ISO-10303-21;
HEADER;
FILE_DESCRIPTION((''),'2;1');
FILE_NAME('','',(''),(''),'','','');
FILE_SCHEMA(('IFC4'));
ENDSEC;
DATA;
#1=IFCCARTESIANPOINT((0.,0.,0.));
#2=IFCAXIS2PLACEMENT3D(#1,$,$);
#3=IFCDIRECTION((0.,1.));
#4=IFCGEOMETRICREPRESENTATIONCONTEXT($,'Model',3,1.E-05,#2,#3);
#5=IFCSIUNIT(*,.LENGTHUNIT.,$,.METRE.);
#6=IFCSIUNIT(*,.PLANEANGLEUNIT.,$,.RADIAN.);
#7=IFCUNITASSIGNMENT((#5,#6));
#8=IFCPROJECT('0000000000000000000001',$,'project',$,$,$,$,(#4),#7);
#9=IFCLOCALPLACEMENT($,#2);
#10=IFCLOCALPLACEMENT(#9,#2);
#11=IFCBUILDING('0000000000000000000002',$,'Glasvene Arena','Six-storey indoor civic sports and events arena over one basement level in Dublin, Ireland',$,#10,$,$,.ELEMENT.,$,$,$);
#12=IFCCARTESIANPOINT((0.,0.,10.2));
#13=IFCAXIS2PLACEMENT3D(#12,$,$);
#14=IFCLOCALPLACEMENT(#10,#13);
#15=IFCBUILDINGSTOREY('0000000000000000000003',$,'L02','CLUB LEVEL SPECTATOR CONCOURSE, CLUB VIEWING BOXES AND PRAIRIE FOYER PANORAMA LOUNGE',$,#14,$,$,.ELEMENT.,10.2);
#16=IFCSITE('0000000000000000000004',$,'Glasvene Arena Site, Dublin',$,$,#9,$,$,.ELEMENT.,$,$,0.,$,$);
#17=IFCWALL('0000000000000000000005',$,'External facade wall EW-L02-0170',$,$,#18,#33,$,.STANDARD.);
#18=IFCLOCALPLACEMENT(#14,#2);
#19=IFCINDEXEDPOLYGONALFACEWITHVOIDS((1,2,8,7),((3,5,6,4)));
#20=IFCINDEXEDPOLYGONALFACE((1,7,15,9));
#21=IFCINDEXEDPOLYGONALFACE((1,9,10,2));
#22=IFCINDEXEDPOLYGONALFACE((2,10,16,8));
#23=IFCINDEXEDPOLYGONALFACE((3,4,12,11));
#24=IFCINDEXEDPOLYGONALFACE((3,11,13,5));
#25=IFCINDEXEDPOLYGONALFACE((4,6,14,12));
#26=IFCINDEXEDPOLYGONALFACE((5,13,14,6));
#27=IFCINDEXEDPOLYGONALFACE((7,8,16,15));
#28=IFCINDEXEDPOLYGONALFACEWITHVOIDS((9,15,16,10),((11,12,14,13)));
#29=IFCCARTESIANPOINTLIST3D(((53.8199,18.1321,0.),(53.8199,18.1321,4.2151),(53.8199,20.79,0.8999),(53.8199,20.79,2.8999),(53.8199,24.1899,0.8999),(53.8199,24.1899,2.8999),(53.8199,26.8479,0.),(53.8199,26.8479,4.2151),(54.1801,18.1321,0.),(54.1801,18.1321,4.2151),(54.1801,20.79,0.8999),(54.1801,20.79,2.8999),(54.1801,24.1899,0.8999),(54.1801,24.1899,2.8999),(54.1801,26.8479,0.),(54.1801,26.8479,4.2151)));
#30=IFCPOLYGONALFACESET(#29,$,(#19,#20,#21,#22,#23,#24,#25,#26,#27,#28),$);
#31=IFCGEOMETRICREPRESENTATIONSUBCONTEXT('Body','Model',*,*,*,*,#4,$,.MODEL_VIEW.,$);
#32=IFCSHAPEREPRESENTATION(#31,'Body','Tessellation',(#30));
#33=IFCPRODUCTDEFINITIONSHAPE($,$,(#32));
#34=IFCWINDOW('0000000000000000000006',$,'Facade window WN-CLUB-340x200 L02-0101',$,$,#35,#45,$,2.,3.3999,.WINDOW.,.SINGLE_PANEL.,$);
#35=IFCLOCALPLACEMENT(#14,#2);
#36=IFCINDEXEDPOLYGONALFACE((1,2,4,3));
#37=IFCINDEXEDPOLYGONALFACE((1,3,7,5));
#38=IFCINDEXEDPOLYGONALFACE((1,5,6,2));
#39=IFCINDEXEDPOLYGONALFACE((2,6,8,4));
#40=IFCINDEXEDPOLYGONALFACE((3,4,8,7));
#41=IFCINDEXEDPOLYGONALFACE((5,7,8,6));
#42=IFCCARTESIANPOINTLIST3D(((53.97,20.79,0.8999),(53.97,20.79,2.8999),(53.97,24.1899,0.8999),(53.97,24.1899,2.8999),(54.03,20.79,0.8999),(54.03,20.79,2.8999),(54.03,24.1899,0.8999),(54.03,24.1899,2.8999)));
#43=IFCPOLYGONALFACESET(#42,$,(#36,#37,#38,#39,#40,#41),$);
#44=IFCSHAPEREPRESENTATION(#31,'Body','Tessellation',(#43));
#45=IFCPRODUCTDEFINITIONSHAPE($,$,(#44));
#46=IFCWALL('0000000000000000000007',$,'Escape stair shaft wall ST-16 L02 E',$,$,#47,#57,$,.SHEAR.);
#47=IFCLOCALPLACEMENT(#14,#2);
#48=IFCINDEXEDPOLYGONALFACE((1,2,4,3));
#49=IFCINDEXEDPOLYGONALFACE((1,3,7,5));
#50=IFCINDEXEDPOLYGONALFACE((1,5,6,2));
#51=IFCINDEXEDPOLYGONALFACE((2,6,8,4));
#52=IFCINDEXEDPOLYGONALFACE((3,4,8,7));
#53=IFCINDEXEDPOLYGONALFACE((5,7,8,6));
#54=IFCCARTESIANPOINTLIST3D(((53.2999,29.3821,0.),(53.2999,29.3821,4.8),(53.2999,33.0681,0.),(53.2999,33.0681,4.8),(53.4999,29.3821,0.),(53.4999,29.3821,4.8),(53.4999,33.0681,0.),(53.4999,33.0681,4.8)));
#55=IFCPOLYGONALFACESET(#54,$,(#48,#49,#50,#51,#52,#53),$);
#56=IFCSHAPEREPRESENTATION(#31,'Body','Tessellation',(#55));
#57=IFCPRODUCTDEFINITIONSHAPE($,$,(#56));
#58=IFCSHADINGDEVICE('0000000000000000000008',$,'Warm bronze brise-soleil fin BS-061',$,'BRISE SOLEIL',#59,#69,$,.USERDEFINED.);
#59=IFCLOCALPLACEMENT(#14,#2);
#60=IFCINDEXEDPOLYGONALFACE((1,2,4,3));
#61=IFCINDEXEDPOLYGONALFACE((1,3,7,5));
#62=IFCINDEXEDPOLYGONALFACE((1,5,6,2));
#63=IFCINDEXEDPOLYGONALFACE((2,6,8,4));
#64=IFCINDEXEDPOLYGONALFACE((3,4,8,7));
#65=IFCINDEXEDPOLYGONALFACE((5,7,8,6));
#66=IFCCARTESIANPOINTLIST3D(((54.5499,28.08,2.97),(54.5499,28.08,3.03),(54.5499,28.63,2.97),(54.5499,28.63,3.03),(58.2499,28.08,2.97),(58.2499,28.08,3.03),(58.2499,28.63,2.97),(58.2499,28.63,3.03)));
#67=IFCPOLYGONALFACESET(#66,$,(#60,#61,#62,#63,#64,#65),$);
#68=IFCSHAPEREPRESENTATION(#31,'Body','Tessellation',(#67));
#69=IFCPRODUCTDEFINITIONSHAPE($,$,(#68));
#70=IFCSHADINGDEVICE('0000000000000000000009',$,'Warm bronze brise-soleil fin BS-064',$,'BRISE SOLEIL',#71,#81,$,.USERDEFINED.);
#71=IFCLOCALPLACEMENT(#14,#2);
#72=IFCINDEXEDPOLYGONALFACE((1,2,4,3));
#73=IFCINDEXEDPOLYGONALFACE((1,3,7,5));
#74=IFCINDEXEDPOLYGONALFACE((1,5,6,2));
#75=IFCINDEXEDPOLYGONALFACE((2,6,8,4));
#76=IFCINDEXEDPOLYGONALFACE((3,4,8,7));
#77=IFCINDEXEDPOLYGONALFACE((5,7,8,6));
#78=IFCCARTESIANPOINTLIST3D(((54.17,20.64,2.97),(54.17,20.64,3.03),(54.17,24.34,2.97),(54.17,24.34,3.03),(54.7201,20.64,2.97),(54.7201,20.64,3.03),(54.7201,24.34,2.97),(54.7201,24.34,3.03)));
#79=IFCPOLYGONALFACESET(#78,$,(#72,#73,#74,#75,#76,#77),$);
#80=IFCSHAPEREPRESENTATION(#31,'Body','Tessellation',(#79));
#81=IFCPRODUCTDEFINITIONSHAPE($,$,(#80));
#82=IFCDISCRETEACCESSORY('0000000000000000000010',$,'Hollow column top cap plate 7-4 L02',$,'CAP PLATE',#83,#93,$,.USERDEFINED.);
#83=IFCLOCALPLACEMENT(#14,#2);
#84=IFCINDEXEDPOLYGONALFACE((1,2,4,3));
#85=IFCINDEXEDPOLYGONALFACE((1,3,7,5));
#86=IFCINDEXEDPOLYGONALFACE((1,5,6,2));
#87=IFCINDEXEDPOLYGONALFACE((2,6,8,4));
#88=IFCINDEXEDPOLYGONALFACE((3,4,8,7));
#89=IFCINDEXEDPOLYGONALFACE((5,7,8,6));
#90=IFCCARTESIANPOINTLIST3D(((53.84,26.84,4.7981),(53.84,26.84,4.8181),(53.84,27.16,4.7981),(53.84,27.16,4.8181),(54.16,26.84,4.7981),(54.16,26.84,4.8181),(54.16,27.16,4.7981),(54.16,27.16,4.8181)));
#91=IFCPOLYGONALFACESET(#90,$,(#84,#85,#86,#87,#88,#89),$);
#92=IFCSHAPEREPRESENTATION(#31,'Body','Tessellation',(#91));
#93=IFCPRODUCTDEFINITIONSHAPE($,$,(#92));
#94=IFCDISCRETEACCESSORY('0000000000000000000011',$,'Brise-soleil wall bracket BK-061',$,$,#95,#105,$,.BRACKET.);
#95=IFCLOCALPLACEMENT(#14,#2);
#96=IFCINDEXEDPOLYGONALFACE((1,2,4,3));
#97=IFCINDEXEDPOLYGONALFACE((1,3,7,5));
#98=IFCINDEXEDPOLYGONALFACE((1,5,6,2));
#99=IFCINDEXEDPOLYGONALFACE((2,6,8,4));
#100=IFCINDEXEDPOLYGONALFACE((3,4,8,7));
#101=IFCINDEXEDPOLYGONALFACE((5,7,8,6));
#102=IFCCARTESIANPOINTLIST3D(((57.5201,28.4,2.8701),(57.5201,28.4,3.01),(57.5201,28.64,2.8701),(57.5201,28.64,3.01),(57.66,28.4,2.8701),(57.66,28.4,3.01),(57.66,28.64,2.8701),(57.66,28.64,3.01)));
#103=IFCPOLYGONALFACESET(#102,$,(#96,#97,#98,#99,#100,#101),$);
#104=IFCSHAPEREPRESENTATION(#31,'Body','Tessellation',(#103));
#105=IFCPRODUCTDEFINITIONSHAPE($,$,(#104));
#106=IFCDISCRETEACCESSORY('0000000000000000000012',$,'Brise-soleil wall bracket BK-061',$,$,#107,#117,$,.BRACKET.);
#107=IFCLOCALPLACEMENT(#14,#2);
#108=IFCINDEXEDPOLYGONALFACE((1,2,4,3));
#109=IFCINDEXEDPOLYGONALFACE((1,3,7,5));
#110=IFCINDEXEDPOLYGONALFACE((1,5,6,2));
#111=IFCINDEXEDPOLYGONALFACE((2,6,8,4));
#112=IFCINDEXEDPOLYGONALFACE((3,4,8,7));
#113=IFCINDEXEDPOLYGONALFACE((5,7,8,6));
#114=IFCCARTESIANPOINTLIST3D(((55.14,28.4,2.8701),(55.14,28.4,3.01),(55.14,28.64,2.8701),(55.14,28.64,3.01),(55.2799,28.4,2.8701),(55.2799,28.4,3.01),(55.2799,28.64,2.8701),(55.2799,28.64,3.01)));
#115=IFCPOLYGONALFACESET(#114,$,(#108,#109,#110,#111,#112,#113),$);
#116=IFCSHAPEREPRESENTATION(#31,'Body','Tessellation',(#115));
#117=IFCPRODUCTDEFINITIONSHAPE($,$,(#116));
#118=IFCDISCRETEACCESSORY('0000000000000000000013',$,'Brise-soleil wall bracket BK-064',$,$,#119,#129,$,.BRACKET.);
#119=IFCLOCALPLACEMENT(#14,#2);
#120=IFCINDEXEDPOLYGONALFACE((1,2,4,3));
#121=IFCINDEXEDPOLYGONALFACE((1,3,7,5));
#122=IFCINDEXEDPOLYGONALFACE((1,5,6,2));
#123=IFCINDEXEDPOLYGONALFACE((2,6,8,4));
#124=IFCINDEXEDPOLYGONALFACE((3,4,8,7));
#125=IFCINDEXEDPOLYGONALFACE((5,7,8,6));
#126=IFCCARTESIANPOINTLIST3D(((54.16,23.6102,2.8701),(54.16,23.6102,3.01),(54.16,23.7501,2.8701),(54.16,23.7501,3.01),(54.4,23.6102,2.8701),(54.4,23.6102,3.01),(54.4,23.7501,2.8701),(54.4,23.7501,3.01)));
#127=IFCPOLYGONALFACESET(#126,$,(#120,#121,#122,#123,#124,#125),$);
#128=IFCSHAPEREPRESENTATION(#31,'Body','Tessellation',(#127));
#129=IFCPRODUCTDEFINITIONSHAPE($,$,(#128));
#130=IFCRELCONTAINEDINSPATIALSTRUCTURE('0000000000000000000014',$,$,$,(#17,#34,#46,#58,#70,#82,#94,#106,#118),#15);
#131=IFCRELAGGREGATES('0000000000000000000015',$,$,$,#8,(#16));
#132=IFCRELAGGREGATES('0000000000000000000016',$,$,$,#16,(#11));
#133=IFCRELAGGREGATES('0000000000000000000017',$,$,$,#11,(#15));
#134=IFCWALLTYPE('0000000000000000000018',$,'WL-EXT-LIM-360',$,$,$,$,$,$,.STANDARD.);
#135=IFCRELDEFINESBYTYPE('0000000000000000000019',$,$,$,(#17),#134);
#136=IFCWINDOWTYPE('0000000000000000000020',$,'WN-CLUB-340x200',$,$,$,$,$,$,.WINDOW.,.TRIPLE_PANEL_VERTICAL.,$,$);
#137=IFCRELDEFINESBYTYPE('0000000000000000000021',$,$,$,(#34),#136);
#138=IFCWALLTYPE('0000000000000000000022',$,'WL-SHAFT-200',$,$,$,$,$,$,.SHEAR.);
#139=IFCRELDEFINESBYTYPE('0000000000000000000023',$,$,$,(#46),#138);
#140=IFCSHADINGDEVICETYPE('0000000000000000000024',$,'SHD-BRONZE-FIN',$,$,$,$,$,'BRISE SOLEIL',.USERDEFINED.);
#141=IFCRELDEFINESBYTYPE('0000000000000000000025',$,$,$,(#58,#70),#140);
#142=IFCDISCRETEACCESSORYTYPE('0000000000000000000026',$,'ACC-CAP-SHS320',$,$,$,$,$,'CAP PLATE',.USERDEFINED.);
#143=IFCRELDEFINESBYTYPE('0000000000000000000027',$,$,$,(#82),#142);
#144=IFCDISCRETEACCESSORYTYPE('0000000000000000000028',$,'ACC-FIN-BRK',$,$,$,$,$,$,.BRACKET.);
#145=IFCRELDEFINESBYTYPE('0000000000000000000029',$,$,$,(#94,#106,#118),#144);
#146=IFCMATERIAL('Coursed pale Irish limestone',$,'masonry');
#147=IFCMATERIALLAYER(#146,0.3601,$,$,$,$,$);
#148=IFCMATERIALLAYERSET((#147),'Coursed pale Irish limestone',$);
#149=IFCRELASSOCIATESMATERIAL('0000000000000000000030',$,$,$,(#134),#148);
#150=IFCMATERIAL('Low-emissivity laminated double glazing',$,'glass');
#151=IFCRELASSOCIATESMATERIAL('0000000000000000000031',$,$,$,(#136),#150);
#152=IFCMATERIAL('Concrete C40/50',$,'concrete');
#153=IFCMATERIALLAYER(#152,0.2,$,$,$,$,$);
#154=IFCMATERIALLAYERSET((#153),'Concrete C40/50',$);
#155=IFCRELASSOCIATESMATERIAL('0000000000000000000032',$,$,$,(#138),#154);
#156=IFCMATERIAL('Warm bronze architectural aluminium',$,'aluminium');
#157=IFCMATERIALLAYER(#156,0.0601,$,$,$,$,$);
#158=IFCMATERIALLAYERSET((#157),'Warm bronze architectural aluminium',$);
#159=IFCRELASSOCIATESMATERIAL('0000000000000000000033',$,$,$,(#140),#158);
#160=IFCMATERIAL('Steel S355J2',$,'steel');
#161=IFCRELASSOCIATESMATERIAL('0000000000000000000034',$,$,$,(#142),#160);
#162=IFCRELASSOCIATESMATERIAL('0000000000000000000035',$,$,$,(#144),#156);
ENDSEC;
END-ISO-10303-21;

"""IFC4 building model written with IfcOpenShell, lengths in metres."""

from ifc_helpers import new_model, si_unit, direction, frame, frame_2d, origin, origin_2d, place, context, subcontext, project, spatial, rectangle, extrude, material, layer, layer_set, type_object, element, fill, save


model = new_model("IFC4")

# Units and contexts
model_context = context("Model", 3, precision=1e-05, world=origin(), true_north=direction((0.0, 1.0)))
body_context = subcontext(model_context, "Body", "Model", "MODEL_VIEW")
ifc_project = project(units=[si_unit("LENGTHUNIT", "METRE"), si_unit("PLANEANGLEUNIT", "RADIAN")], contexts=[model_context])

# Site, building, storey
site_placement = place(None, origin())
site = spatial("IfcSite", under=ifc_project, at=site_placement, Name="Glasvene Arena Site, Dublin", CompositionType="ELEMENT", RefElevation=0.0)
building_placement = place(site_placement, origin())
building = spatial("IfcBuilding", under=site, at=building_placement, Name="Glasvene Arena", Description="Six-storey indoor civic sports and events arena over one basement level in Dublin, Ireland", CompositionType="ELEMENT")
storey_placement = place(building_placement, frame((0.0, 0.0, 10.2)))
storey = spatial("IfcBuildingStorey", under=building, at=storey_placement, Name="L02", Description="CLUB LEVEL SPECTATOR CONCOURSE, CLUB VIEWING BOXES AND PRAIRIE FOYER PANORAMA LOUNGE", CompositionType="ELEMENT", Elevation=10.2)

# Shared definitions
ifc_material_1 = material(Name="Steel S355J2", Category="steel")

# Shared definitions
ifc_material_2 = material(Name="Low-emissivity laminated double glazing", Category="glass")

# Shared definitions
ifc_material_3 = material(Name="Concrete C40/50", Category="concrete")

# Shared definitions
ifc_material_4 = material(Name="Coursed pale Irish limestone", Category="masonry")
ifc_layer_1 = layer(ifc_material_4, 0.3601)
ifc_layer_set_1 = layer_set([ifc_layer_1], Name="Coursed pale Irish limestone")
wall_type_1 = type_object("IfcWallType", Name="WL-EXT-LIM-360", PredefinedType="STANDARD", material=ifc_layer_set_1)

# Wall, opening, window
window_type = type_object("IfcWindowType", Name="WN-CLUB-340x200", PartitioningType="TRIPLE_PANEL_VERTICAL", PredefinedType="WINDOW", material=ifc_material_2)
wall_1_placement = place(storey_placement, frame((54.0, 26.8479, 0.0), z_axis=(0.0, 0.0, 1.0), x_axis=(0.0, -1.0, 0.0)))
wall_1 = element("IfcWall", 1, at=wall_1_placement, inside=storey, type_object=wall_type_1, Name="External facade wall EW-L02-0170", PredefinedType="STANDARD", context=body_context, shape_type="SweptSolid", body=[
    extrude(rectangle(XDim=8.7158, YDim=0.3601, at=frame_2d((4.3579, 0.0))), origin(), (0.0, 0.0, 1.0), 4.2151),
])
opening_1_placement = place(wall_1_placement, frame((2.658, 0.0, 0.8999)))
opening_1 = element("IfcOpeningElement", 2, at=opening_1_placement, cuts=wall_1, PredefinedType="OPENING", context=body_context, shape_type="SweptSolid", body=[
    extrude(rectangle(XDim=3.3999, YDim=2.0, at=frame_2d((1.7, 1.0))), frame((0.0, 0.1899, 0.0), z_axis=(0.0, -1.0, 0.0), x_axis=(1.0, 0.0, 0.0)), (0.0, 0.0, 1.0), 0.3801),
])
window_1_placement = place(opening_1_placement, origin())
window_1 = element("IfcWindow", 3, at=window_1_placement, inside=storey, type_object=window_type, Name="Facade window WN-CLUB-340x200 L02-0101", OverallHeight=2.0, OverallWidth=3.3999, PartitioningType="SINGLE_PANEL", PredefinedType="WINDOW", context=body_context, shape_type="SweptSolid", body=[
    extrude(rectangle(XDim=3.3999, YDim=2.0, at=frame_2d((1.7, 1.0))), frame((0.0, 0.03, 0.0), z_axis=(0.0, -1.0, 0.0), x_axis=(1.0, 0.0, 0.0)), (0.0, 0.0, 1.0), 0.0601),
])
fill(opening_1, window_1)

# Wall
ifc_layer_2 = layer(ifc_material_3, 0.2)
ifc_layer_set_2 = layer_set([ifc_layer_2], Name="Concrete C40/50")
wall_type_2 = type_object("IfcWallType", Name="WL-SHAFT-200", PredefinedType="SHEAR", material=ifc_layer_set_2)
wall_2_placement = place(storey_placement, frame((53.3999, 29.3821, 0.0), z_axis=(0.0, 0.0, 1.0), x_axis=(0.0, 1.0, 0.0)))
element("IfcWall", 4, at=wall_2_placement, inside=storey, type_object=wall_type_2, Name="Escape stair shaft wall ST-16 L02 E", PredefinedType="SHEAR", context=body_context, shape_type="SweptSolid", body=[
    extrude(rectangle(XDim=3.686, YDim=0.2, at=frame_2d((1.843, 0.0))), origin(), (0.0, 0.0, 1.0), 4.8),
])

# Shading devices
ifc_material_5 = material(Name="Warm bronze architectural aluminium", Category="aluminium")
ifc_layer_3 = layer(ifc_material_5, 0.0601)
ifc_layer_set_3 = layer_set([ifc_layer_3], Name="Warm bronze architectural aluminium")
shading_device_type = type_object("IfcShadingDeviceType", Name="SHD-BRONZE-FIN", ElementType="BRISE SOLEIL", PredefinedType="USERDEFINED", material=ifc_layer_set_3)
for number, where, z_axis, x_axis, name in (
    (5, (56.3999, 28.355, 2.97), (0.0, 0.0, 1.0), (-1.0, 0.0, 0.0), "Warm bronze brise-soleil fin BS-061"),
    (6, (54.4451, 22.49, 2.97), (0.0, 0.0, 1.0), (0.0, -1.0, 0.0), "Warm bronze brise-soleil fin BS-064"),
):
    element("IfcShadingDevice", number, at=place(storey_placement, frame(where, z_axis=z_axis, x_axis=x_axis)), inside=storey, type_object=shading_device_type, Name=name, ObjectType="BRISE SOLEIL", PredefinedType="USERDEFINED", context=body_context, shape_type="SweptSolid", body=[
        extrude(rectangle(XDim=3.7, YDim=0.55, at=origin_2d()), origin(), (0.0, 0.0, 1.0), 0.0601),
    ])

# Discrete accessories
discrete_accessory_type_1 = type_object("IfcDiscreteAccessoryType", Name="ACC-CAP-SHS320", ElementType="CAP PLATE", PredefinedType="USERDEFINED", material=ifc_material_1)
discrete_accessory_placement = place(storey_placement, frame((54.0, 27.0, 4.7981), z_axis=(0.0, 0.0, 1.0), x_axis=(1.0, 0.0, 0.0)))
element("IfcDiscreteAccessory", 7, at=discrete_accessory_placement, inside=storey, type_object=discrete_accessory_type_1, Name="Hollow column top cap plate 7-4 L02", ObjectType="CAP PLATE", PredefinedType="USERDEFINED", context=body_context, shape_type="SweptSolid", body=[
    extrude(rectangle(XDim=0.3201, YDim=0.3201, at=origin_2d()), origin(), (0.0, 0.0, 1.0), 0.02),
])
discrete_accessory_type_2 = type_object("IfcDiscreteAccessoryType", Name="ACC-FIN-BRK", PredefinedType="BRACKET", material=ifc_material_5)
for number, where, z_axis, x_axis, name in (
    (8, (57.5901, 28.52, 2.8701), (0.0, 0.0, 1.0), (-1.0, 0.0, 0.0), "Brise-soleil wall bracket BK-061"),
    (9, (55.21, 28.52, 2.8701), (0.0, 0.0, 1.0), (-1.0, 0.0, 0.0), "Brise-soleil wall bracket BK-061"),
    (10, (54.28, 23.6802, 2.8701), (0.0, 0.0, 1.0), (0.0, -1.0, 0.0), "Brise-soleil wall bracket BK-064"),
):
    element("IfcDiscreteAccessory", number, at=place(storey_placement, frame(where, z_axis=z_axis, x_axis=x_axis)), inside=storey, type_object=discrete_accessory_type_2, Name=name, PredefinedType="BRACKET", context=body_context, shape_type="SweptSolid", body=[
        extrude(rectangle(XDim=0.1399, YDim=0.24, at=origin_2d()), origin(), (0.0, 0.0, 1.0), 0.1399),
    ])

save(model, "model.ifc")
